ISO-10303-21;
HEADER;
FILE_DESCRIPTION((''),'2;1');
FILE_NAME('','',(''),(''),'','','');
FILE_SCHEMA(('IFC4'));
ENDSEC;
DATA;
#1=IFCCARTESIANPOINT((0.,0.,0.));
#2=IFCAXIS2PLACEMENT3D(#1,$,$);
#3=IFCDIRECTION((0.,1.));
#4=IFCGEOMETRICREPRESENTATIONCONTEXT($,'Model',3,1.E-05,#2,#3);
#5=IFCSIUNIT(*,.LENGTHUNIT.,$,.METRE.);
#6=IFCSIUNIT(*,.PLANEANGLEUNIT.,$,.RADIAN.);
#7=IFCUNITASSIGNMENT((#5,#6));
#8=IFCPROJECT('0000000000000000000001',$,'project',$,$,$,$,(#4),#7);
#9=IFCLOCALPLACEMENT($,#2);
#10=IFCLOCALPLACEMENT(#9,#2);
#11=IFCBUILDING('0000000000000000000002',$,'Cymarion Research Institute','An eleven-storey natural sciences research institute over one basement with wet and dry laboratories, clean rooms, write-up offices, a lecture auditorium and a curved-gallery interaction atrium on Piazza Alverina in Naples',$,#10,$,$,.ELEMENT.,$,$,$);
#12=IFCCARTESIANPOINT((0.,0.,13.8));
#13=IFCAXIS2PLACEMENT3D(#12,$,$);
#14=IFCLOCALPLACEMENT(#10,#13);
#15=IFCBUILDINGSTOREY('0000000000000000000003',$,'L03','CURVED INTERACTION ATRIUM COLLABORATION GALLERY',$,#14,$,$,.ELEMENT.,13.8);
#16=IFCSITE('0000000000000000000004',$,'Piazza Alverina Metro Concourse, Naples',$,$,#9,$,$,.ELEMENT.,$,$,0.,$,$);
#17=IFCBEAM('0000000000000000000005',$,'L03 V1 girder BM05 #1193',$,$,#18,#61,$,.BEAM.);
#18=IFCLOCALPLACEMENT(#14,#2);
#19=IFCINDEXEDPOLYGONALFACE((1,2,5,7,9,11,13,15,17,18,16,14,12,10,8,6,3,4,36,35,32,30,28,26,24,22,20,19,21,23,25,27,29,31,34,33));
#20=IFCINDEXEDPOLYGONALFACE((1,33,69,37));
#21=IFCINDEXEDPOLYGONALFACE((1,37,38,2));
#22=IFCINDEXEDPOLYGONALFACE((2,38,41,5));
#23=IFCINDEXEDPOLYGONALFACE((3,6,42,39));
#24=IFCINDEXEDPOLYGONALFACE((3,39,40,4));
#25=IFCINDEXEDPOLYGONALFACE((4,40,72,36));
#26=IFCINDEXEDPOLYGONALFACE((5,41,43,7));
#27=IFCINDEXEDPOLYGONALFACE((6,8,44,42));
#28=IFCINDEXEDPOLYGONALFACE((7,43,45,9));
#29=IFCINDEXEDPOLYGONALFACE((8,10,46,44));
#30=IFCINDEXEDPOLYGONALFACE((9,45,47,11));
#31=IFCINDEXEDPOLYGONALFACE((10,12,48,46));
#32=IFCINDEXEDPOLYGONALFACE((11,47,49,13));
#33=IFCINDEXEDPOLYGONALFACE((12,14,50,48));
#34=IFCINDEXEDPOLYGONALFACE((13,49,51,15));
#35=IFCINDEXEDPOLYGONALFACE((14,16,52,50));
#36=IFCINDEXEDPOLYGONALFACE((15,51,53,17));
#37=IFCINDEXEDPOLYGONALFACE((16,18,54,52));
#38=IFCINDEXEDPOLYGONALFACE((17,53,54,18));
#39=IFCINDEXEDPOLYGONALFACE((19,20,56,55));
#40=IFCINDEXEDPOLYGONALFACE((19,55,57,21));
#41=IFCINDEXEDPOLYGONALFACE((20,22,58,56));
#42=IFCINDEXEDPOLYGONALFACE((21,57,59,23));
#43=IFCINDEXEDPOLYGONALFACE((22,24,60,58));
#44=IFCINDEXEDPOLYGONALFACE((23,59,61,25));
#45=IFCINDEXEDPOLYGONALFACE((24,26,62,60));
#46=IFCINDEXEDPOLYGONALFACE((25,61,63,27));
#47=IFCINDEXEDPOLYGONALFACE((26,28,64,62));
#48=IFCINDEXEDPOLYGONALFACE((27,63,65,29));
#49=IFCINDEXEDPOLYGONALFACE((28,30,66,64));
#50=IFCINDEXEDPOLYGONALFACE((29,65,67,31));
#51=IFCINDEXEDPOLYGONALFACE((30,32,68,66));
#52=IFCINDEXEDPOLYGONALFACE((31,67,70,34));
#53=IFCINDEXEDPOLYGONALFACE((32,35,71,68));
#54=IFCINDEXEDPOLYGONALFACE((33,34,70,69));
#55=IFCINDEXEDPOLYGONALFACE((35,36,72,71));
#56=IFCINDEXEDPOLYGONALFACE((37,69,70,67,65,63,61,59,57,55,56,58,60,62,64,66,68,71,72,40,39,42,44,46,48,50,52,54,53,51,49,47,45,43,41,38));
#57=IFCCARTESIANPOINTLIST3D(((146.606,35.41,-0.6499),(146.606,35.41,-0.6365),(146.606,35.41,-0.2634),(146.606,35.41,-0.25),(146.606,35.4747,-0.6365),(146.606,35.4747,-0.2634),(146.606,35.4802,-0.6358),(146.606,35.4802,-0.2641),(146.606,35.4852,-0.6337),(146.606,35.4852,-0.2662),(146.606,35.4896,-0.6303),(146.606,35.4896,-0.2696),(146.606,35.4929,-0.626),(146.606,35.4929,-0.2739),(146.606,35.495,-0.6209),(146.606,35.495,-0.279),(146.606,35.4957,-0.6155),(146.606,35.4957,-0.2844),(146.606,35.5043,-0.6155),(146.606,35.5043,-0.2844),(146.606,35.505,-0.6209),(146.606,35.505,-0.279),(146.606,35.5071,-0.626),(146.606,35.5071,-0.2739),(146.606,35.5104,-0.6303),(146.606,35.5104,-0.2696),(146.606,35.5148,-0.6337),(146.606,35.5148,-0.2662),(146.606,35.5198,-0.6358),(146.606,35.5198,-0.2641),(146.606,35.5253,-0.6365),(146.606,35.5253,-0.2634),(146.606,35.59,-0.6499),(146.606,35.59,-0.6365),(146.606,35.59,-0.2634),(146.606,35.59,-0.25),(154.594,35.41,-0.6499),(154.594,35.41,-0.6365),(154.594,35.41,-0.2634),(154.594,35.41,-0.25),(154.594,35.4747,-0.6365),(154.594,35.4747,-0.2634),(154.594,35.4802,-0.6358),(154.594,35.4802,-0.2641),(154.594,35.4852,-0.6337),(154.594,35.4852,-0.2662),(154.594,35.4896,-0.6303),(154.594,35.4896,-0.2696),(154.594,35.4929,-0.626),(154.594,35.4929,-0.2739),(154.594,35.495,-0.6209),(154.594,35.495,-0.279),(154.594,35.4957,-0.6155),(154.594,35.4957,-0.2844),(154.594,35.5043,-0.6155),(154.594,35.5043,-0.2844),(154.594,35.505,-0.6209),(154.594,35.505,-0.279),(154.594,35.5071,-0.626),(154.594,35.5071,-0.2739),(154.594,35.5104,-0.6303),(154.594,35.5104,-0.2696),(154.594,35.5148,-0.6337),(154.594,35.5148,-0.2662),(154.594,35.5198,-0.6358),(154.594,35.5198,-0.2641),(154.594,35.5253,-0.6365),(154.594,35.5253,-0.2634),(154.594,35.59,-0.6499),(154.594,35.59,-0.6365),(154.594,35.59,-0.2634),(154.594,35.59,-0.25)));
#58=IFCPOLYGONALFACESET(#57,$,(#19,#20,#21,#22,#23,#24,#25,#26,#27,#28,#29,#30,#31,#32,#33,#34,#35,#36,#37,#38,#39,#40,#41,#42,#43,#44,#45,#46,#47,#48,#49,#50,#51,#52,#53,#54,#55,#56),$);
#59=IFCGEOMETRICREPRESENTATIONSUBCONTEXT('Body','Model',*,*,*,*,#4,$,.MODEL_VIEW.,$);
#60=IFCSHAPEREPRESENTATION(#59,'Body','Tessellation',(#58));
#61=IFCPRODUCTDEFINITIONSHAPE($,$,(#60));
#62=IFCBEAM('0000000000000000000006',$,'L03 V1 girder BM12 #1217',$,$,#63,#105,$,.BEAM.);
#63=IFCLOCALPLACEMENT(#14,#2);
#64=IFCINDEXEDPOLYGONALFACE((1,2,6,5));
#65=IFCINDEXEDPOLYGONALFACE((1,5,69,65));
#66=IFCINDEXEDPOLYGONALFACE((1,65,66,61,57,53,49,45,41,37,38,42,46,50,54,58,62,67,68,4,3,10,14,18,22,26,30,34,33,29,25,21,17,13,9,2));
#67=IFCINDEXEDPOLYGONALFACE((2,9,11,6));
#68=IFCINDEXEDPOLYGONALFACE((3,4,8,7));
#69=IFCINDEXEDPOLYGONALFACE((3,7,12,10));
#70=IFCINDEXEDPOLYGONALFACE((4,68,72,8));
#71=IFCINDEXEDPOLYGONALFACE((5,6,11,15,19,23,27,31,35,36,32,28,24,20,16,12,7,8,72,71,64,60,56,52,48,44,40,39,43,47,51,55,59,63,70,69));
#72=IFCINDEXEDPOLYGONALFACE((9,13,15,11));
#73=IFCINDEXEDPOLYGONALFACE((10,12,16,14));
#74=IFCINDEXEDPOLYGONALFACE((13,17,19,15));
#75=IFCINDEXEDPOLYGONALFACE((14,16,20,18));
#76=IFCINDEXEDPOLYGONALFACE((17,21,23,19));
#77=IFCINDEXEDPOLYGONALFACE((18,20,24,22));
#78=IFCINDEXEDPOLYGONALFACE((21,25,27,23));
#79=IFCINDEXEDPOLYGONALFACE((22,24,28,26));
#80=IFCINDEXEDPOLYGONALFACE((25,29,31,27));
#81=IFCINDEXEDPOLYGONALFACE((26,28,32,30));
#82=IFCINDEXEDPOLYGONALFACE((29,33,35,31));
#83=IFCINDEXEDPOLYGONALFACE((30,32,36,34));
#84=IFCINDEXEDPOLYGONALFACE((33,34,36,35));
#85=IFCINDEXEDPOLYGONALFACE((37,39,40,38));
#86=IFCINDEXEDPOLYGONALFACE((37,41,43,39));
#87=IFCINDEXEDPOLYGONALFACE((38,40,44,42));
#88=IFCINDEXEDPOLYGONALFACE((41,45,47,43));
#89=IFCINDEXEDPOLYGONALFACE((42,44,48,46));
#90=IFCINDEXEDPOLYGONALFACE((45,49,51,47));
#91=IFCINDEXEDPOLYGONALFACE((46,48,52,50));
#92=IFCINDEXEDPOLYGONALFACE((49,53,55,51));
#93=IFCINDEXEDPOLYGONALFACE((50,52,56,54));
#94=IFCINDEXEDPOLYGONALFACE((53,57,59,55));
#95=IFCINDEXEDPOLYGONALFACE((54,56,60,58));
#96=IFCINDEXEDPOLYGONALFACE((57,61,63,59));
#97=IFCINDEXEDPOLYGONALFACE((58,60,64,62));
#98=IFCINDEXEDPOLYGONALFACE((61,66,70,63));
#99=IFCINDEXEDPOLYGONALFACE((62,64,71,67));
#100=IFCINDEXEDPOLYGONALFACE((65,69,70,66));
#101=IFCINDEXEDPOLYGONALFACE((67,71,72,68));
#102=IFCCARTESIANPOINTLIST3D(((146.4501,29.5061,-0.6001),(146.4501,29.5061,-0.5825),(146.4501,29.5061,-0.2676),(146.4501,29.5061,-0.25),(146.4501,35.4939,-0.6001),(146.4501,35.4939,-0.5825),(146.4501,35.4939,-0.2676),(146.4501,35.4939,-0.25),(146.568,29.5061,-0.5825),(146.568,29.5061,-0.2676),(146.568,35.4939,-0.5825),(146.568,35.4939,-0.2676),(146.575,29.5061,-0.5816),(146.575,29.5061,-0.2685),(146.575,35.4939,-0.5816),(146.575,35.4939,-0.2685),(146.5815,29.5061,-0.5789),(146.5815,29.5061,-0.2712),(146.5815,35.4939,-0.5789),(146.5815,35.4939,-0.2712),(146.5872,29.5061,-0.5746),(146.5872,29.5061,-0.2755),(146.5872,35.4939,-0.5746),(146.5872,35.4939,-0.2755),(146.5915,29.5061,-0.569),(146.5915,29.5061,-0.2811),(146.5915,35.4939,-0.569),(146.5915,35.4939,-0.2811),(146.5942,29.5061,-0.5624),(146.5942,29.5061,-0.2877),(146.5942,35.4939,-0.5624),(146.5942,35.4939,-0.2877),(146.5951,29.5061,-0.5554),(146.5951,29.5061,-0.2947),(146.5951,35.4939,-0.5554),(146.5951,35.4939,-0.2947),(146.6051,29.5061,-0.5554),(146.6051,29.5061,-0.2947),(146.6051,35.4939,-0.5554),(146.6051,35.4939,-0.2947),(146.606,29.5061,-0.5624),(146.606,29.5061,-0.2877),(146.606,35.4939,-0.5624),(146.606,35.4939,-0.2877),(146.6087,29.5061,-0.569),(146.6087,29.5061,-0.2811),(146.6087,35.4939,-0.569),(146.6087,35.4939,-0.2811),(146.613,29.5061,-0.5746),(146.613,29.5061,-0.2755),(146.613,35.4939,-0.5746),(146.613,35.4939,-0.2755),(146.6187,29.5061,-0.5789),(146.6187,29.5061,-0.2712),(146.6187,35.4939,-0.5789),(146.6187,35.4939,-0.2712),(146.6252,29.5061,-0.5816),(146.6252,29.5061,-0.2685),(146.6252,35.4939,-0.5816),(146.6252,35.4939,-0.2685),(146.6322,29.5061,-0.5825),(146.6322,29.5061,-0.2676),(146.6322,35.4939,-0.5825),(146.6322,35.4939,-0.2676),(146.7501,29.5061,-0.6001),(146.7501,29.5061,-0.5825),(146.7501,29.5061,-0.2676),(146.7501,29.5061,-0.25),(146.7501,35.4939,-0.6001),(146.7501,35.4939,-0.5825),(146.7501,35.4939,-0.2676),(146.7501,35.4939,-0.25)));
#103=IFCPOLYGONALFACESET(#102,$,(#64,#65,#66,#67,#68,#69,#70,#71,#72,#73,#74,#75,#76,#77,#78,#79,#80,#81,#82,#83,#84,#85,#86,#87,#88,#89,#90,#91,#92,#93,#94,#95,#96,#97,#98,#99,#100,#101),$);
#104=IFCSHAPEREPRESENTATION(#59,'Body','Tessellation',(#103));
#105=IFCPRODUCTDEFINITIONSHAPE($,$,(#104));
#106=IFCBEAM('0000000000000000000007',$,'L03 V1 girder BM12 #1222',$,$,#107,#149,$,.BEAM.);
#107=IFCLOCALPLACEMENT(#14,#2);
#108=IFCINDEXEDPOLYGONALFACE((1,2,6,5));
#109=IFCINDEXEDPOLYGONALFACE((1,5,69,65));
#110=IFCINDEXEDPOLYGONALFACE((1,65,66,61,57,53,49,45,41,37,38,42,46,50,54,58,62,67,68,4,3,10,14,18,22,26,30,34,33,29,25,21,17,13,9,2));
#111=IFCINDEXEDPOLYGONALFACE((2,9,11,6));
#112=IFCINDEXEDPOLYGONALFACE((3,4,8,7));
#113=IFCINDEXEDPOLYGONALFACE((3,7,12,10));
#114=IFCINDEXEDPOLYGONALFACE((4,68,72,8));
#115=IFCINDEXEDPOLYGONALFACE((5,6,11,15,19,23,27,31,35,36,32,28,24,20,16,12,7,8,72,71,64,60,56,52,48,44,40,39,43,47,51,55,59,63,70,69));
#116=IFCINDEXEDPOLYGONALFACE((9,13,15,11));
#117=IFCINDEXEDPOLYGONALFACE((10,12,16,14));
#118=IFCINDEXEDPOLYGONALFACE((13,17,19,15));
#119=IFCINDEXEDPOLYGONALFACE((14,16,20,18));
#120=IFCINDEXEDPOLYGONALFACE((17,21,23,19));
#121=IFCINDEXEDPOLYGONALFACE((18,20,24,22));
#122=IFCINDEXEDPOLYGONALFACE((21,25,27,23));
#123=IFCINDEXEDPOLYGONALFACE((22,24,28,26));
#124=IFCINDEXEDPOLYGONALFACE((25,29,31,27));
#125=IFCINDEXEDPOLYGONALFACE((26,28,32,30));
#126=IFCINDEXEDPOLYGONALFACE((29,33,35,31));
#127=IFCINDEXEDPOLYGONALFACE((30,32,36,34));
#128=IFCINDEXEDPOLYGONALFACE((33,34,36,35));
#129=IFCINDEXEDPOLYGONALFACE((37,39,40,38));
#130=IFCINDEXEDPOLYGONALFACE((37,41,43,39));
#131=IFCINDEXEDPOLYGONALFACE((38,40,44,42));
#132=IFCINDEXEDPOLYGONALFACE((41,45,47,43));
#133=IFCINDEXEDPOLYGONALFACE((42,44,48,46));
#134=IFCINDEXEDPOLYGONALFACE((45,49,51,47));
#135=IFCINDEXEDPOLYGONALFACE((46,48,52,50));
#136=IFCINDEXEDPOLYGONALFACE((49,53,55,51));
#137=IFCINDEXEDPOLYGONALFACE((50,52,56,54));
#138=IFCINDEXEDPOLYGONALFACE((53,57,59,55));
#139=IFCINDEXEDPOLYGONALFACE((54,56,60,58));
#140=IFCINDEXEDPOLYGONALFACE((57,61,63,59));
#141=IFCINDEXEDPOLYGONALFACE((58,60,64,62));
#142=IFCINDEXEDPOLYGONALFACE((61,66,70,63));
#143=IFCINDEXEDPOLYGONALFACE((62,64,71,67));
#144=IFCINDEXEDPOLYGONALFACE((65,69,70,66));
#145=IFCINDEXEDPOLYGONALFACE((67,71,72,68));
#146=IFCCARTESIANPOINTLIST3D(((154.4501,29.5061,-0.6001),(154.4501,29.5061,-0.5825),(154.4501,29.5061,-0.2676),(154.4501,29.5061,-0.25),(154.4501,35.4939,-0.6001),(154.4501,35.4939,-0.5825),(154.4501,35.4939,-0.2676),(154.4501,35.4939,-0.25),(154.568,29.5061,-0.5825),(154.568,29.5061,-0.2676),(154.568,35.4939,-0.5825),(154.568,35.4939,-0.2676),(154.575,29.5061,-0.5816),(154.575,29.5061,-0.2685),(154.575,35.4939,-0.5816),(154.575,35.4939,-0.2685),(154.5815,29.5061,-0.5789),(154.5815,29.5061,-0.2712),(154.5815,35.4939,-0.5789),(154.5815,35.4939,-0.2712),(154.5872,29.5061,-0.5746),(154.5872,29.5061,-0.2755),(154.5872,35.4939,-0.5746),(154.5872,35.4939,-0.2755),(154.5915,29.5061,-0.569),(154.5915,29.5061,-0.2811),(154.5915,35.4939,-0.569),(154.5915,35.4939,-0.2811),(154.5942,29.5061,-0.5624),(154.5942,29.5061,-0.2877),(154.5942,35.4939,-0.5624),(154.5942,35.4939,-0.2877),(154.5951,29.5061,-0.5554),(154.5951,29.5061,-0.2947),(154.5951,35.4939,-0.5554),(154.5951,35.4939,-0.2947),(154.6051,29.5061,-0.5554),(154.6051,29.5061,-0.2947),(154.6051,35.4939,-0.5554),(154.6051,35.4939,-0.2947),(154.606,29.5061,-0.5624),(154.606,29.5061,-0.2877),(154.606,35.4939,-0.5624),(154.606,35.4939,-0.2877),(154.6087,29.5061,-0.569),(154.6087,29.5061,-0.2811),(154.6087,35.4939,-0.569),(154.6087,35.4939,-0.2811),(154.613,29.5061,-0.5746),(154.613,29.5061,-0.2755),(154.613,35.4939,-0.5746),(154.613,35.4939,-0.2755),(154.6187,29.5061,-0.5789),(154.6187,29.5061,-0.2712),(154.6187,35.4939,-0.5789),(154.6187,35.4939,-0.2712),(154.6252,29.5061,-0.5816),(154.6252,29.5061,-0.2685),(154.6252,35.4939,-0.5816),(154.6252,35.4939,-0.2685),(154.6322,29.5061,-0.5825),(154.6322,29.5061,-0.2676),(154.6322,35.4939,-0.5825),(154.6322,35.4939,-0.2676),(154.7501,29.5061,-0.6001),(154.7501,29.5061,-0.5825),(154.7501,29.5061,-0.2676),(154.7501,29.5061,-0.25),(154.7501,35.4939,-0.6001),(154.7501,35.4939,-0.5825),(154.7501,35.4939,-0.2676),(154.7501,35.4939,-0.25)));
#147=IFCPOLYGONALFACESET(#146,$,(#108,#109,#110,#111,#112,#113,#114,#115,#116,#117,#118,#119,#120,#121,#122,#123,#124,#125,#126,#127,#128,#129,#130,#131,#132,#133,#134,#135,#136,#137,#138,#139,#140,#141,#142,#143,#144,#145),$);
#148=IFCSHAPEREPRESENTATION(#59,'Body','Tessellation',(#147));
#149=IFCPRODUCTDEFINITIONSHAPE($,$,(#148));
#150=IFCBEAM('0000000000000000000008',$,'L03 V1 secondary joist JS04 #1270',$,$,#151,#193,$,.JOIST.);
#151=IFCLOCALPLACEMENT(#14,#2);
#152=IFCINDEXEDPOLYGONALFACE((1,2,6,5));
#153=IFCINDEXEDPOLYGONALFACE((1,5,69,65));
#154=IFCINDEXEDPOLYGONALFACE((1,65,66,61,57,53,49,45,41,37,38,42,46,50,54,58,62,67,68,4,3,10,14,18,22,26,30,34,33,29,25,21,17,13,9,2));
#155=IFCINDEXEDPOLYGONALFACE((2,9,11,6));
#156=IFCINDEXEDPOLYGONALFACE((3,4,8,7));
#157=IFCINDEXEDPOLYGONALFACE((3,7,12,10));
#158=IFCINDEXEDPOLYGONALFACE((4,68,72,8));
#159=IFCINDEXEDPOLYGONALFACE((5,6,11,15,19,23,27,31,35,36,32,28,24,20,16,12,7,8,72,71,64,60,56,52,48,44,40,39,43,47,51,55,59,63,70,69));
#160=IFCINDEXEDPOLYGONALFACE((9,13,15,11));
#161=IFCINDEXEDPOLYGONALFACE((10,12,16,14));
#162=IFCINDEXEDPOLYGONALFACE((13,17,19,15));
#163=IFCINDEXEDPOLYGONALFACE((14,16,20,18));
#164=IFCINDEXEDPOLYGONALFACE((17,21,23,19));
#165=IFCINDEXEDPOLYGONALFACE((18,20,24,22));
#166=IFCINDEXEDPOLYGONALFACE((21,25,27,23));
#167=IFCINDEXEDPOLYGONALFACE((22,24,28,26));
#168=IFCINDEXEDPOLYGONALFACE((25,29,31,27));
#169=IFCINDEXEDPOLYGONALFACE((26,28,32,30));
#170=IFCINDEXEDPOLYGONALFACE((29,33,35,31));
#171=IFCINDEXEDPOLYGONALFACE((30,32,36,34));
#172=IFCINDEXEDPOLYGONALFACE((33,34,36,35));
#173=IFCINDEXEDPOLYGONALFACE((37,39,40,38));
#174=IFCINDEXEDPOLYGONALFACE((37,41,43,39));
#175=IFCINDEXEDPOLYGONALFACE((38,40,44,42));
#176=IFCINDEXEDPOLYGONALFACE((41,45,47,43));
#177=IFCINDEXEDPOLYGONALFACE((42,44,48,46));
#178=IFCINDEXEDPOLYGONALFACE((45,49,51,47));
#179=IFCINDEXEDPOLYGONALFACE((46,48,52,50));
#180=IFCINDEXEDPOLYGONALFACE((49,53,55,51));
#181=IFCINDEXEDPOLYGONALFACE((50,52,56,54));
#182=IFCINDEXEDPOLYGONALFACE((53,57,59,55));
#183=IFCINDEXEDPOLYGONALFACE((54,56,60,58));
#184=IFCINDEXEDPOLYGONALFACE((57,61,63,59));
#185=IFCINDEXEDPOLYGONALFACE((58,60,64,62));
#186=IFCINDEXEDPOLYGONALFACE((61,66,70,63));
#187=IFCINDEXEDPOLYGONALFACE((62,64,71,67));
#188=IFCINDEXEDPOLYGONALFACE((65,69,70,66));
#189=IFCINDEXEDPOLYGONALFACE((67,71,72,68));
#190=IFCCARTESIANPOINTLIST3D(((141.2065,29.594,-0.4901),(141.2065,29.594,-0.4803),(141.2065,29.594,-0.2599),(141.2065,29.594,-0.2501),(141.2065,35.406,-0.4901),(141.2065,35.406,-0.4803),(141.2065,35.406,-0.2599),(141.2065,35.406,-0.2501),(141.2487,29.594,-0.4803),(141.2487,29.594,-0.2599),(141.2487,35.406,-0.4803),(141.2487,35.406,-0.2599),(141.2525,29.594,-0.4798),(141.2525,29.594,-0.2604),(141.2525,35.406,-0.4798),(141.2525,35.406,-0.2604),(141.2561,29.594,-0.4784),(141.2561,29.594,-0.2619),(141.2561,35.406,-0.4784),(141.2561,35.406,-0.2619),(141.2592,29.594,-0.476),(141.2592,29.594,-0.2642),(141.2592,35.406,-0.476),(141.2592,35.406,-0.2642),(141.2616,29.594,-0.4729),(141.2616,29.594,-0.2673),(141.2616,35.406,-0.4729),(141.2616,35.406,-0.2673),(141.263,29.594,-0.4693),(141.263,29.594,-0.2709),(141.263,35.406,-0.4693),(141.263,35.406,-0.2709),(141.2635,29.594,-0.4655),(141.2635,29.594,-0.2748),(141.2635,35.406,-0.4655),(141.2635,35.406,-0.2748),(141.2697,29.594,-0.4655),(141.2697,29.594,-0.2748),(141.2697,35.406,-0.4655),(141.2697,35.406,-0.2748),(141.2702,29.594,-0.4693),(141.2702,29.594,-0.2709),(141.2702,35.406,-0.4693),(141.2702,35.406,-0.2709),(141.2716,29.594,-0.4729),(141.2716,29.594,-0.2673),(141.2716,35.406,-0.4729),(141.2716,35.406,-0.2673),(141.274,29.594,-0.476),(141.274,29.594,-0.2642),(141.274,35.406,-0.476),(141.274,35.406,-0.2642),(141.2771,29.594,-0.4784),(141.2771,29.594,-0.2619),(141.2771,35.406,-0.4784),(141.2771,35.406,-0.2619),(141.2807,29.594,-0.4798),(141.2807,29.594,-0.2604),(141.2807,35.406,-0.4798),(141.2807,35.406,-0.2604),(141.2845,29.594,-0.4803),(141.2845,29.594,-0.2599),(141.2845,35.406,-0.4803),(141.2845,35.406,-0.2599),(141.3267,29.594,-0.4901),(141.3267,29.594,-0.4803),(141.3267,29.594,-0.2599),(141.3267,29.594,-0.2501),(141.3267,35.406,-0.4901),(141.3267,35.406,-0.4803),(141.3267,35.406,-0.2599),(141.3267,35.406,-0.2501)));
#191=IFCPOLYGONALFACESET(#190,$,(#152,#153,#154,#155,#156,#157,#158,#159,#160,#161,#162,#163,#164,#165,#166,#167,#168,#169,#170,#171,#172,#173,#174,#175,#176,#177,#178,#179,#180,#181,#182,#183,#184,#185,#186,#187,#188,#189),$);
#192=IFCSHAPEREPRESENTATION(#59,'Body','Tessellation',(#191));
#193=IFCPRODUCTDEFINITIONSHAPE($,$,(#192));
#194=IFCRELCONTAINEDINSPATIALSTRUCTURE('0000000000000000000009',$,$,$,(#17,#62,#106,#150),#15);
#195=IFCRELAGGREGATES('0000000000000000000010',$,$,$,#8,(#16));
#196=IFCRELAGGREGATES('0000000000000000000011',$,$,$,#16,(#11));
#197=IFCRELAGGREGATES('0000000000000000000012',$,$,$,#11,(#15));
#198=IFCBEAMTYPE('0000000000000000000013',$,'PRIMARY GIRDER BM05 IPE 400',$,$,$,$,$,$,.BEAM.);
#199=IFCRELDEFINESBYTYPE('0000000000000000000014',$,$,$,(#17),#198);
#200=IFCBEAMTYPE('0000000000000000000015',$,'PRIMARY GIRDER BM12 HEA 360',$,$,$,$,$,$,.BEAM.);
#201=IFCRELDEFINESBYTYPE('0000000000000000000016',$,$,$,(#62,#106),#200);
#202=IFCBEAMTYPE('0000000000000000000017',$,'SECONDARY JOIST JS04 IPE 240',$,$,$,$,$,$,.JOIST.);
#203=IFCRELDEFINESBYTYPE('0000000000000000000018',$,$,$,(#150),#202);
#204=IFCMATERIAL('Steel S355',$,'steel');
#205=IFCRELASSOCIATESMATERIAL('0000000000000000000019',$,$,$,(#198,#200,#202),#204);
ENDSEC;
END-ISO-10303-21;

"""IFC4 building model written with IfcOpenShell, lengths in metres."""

from ifc_helpers import new_model, si_unit, direction, frame, origin, origin_2d, place, context, subcontext, project, spatial, i_section, extrude, material, material_profile, profile_set, type_object, element, save


model = new_model("IFC4")

# Units and contexts
model_context = context("Model", 3, precision=1e-05, world=origin(), true_north=direction((0.0, 1.0)))
body_context = subcontext(model_context, "Body", "Model", "MODEL_VIEW")
ifc_project = project(units=[si_unit("LENGTHUNIT", "METRE"), si_unit("PLANEANGLEUNIT", "RADIAN")], contexts=[model_context])

# Site, building, storey
site_placement = place(None, origin())
site = spatial("IfcSite", under=ifc_project, at=site_placement, Name="Piazza Alverina Metro Concourse, Naples", CompositionType="ELEMENT", RefElevation=0.0)
building_placement = place(site_placement, origin())
building = spatial("IfcBuilding", under=site, at=building_placement, Name="Cymarion Research Institute", Description="An eleven-storey natural sciences research institute over one basement with wet and dry laboratories, clean rooms, write-up offices, a lecture auditorium and a curved-gallery interaction atrium on Piazza Alverina in Naples", CompositionType="ELEMENT")
storey_placement = place(building_placement, frame((0.0, 0.0, 13.8)))
storey = spatial("IfcBuildingStorey", under=building, at=storey_placement, Name="L03", Description="CURVED INTERACTION ATRIUM COLLABORATION GALLERY", CompositionType="ELEMENT", Elevation=13.8)

# Shared definitions
ifc_material_1 = material(Name="Steel S355", Category="steel")

# Beams
ifc_material_profile_1 = material_profile(ifc_material_1, i_section(OverallWidth=0.1799, OverallDepth=0.3999, WebThickness=0.0085, FlangeThickness=0.0134, FilletRadius=0.021, at=origin_2d()), Name="IPE 400")
ifc_profile_set_1 = profile_set([ifc_material_profile_1], Name="Steel S355")
beam_type_1 = type_object("IfcBeamType", Name="PRIMARY GIRDER BM05 IPE 400", PredefinedType="BEAM", material=ifc_profile_set_1)
for number, where, z_axis, x_axis, name in (
    (1, (146.606, 35.5, -0.45), (1.0, 0.0, 0.0), (0.0, 1.0, 0.0), "L03 V1 girder BM05 #1193"),
):
    element("IfcBeam", number, at=place(storey_placement, frame(where, z_axis=z_axis, x_axis=x_axis)), inside=storey, type_object=beam_type_1, Name=name, PredefinedType="BEAM", context=body_context, shape_type="SweptSolid", body=[
        extrude(i_section(OverallWidth=0.1799, OverallDepth=0.3999, WebThickness=0.0085, FlangeThickness=0.0134, FilletRadius=0.021, at=origin_2d()), origin(), (0.0, 0.0, 1.0), 7.988),
    ])
ifc_material_profile_2 = material_profile(ifc_material_1, i_section(OverallWidth=0.3, OverallDepth=0.3501, WebThickness=0.01, FlangeThickness=0.0176, FilletRadius=0.0271, at=origin_2d()), Name="HEA 360")
ifc_profile_set_2 = profile_set([ifc_material_profile_2], Name="Steel S355")
beam_type_2 = type_object("IfcBeamType", Name="PRIMARY GIRDER BM12 HEA 360", PredefinedType="BEAM", material=ifc_profile_set_2)
for number, where, z_axis, x_axis, name in (
    (2, (146.6001, 29.5061, -0.425), (0.0, 1.0, 0.0), (-1.0, 0.0, 0.0), "L03 V1 girder BM12 #1217"),
    (3, (154.6001, 29.5061, -0.425), (0.0, 1.0, 0.0), (-1.0, 0.0, 0.0), "L03 V1 girder BM12 #1222"),
):
    element("IfcBeam", number, at=place(storey_placement, frame(where, z_axis=z_axis, x_axis=x_axis)), inside=storey, type_object=beam_type_2, Name=name, PredefinedType="BEAM", context=body_context, shape_type="SweptSolid", body=[
        extrude(i_section(OverallWidth=0.3, OverallDepth=0.3501, WebThickness=0.01, FlangeThickness=0.0176, FilletRadius=0.0271, at=origin_2d()), origin(), (0.0, 0.0, 1.0), 5.9878),
    ])
ifc_material_profile_3 = material_profile(ifc_material_1, i_section(OverallWidth=0.1201, OverallDepth=0.24, WebThickness=0.0061, FlangeThickness=0.0098, FilletRadius=0.0149, at=origin_2d()), Name="IPE 240")
ifc_profile_set_3 = profile_set([ifc_material_profile_3], Name="Steel S355")
beam_type_3 = type_object("IfcBeamType", Name="SECONDARY JOIST JS04 IPE 240", PredefinedType="JOIST", material=ifc_profile_set_3)
for number, where, z_axis, x_axis, name in (
    (4, (141.2666, 29.594, -0.3701), (0.0, 1.0, 0.0), (-1.0, 0.0, 0.0), "L03 V1 secondary joist JS04 #1270"),
):
    element("IfcBeam", number, at=place(storey_placement, frame(where, z_axis=z_axis, x_axis=x_axis)), inside=storey, type_object=beam_type_3, Name=name, PredefinedType="JOIST", context=body_context, shape_type="SweptSolid", body=[
        extrude(i_section(OverallWidth=0.1201, OverallDepth=0.24, WebThickness=0.0061, FlangeThickness=0.0098, FilletRadius=0.0149, at=origin_2d()), origin(), (0.0, 0.0, 1.0), 5.812),
    ])

save(model, "model.ifc")
